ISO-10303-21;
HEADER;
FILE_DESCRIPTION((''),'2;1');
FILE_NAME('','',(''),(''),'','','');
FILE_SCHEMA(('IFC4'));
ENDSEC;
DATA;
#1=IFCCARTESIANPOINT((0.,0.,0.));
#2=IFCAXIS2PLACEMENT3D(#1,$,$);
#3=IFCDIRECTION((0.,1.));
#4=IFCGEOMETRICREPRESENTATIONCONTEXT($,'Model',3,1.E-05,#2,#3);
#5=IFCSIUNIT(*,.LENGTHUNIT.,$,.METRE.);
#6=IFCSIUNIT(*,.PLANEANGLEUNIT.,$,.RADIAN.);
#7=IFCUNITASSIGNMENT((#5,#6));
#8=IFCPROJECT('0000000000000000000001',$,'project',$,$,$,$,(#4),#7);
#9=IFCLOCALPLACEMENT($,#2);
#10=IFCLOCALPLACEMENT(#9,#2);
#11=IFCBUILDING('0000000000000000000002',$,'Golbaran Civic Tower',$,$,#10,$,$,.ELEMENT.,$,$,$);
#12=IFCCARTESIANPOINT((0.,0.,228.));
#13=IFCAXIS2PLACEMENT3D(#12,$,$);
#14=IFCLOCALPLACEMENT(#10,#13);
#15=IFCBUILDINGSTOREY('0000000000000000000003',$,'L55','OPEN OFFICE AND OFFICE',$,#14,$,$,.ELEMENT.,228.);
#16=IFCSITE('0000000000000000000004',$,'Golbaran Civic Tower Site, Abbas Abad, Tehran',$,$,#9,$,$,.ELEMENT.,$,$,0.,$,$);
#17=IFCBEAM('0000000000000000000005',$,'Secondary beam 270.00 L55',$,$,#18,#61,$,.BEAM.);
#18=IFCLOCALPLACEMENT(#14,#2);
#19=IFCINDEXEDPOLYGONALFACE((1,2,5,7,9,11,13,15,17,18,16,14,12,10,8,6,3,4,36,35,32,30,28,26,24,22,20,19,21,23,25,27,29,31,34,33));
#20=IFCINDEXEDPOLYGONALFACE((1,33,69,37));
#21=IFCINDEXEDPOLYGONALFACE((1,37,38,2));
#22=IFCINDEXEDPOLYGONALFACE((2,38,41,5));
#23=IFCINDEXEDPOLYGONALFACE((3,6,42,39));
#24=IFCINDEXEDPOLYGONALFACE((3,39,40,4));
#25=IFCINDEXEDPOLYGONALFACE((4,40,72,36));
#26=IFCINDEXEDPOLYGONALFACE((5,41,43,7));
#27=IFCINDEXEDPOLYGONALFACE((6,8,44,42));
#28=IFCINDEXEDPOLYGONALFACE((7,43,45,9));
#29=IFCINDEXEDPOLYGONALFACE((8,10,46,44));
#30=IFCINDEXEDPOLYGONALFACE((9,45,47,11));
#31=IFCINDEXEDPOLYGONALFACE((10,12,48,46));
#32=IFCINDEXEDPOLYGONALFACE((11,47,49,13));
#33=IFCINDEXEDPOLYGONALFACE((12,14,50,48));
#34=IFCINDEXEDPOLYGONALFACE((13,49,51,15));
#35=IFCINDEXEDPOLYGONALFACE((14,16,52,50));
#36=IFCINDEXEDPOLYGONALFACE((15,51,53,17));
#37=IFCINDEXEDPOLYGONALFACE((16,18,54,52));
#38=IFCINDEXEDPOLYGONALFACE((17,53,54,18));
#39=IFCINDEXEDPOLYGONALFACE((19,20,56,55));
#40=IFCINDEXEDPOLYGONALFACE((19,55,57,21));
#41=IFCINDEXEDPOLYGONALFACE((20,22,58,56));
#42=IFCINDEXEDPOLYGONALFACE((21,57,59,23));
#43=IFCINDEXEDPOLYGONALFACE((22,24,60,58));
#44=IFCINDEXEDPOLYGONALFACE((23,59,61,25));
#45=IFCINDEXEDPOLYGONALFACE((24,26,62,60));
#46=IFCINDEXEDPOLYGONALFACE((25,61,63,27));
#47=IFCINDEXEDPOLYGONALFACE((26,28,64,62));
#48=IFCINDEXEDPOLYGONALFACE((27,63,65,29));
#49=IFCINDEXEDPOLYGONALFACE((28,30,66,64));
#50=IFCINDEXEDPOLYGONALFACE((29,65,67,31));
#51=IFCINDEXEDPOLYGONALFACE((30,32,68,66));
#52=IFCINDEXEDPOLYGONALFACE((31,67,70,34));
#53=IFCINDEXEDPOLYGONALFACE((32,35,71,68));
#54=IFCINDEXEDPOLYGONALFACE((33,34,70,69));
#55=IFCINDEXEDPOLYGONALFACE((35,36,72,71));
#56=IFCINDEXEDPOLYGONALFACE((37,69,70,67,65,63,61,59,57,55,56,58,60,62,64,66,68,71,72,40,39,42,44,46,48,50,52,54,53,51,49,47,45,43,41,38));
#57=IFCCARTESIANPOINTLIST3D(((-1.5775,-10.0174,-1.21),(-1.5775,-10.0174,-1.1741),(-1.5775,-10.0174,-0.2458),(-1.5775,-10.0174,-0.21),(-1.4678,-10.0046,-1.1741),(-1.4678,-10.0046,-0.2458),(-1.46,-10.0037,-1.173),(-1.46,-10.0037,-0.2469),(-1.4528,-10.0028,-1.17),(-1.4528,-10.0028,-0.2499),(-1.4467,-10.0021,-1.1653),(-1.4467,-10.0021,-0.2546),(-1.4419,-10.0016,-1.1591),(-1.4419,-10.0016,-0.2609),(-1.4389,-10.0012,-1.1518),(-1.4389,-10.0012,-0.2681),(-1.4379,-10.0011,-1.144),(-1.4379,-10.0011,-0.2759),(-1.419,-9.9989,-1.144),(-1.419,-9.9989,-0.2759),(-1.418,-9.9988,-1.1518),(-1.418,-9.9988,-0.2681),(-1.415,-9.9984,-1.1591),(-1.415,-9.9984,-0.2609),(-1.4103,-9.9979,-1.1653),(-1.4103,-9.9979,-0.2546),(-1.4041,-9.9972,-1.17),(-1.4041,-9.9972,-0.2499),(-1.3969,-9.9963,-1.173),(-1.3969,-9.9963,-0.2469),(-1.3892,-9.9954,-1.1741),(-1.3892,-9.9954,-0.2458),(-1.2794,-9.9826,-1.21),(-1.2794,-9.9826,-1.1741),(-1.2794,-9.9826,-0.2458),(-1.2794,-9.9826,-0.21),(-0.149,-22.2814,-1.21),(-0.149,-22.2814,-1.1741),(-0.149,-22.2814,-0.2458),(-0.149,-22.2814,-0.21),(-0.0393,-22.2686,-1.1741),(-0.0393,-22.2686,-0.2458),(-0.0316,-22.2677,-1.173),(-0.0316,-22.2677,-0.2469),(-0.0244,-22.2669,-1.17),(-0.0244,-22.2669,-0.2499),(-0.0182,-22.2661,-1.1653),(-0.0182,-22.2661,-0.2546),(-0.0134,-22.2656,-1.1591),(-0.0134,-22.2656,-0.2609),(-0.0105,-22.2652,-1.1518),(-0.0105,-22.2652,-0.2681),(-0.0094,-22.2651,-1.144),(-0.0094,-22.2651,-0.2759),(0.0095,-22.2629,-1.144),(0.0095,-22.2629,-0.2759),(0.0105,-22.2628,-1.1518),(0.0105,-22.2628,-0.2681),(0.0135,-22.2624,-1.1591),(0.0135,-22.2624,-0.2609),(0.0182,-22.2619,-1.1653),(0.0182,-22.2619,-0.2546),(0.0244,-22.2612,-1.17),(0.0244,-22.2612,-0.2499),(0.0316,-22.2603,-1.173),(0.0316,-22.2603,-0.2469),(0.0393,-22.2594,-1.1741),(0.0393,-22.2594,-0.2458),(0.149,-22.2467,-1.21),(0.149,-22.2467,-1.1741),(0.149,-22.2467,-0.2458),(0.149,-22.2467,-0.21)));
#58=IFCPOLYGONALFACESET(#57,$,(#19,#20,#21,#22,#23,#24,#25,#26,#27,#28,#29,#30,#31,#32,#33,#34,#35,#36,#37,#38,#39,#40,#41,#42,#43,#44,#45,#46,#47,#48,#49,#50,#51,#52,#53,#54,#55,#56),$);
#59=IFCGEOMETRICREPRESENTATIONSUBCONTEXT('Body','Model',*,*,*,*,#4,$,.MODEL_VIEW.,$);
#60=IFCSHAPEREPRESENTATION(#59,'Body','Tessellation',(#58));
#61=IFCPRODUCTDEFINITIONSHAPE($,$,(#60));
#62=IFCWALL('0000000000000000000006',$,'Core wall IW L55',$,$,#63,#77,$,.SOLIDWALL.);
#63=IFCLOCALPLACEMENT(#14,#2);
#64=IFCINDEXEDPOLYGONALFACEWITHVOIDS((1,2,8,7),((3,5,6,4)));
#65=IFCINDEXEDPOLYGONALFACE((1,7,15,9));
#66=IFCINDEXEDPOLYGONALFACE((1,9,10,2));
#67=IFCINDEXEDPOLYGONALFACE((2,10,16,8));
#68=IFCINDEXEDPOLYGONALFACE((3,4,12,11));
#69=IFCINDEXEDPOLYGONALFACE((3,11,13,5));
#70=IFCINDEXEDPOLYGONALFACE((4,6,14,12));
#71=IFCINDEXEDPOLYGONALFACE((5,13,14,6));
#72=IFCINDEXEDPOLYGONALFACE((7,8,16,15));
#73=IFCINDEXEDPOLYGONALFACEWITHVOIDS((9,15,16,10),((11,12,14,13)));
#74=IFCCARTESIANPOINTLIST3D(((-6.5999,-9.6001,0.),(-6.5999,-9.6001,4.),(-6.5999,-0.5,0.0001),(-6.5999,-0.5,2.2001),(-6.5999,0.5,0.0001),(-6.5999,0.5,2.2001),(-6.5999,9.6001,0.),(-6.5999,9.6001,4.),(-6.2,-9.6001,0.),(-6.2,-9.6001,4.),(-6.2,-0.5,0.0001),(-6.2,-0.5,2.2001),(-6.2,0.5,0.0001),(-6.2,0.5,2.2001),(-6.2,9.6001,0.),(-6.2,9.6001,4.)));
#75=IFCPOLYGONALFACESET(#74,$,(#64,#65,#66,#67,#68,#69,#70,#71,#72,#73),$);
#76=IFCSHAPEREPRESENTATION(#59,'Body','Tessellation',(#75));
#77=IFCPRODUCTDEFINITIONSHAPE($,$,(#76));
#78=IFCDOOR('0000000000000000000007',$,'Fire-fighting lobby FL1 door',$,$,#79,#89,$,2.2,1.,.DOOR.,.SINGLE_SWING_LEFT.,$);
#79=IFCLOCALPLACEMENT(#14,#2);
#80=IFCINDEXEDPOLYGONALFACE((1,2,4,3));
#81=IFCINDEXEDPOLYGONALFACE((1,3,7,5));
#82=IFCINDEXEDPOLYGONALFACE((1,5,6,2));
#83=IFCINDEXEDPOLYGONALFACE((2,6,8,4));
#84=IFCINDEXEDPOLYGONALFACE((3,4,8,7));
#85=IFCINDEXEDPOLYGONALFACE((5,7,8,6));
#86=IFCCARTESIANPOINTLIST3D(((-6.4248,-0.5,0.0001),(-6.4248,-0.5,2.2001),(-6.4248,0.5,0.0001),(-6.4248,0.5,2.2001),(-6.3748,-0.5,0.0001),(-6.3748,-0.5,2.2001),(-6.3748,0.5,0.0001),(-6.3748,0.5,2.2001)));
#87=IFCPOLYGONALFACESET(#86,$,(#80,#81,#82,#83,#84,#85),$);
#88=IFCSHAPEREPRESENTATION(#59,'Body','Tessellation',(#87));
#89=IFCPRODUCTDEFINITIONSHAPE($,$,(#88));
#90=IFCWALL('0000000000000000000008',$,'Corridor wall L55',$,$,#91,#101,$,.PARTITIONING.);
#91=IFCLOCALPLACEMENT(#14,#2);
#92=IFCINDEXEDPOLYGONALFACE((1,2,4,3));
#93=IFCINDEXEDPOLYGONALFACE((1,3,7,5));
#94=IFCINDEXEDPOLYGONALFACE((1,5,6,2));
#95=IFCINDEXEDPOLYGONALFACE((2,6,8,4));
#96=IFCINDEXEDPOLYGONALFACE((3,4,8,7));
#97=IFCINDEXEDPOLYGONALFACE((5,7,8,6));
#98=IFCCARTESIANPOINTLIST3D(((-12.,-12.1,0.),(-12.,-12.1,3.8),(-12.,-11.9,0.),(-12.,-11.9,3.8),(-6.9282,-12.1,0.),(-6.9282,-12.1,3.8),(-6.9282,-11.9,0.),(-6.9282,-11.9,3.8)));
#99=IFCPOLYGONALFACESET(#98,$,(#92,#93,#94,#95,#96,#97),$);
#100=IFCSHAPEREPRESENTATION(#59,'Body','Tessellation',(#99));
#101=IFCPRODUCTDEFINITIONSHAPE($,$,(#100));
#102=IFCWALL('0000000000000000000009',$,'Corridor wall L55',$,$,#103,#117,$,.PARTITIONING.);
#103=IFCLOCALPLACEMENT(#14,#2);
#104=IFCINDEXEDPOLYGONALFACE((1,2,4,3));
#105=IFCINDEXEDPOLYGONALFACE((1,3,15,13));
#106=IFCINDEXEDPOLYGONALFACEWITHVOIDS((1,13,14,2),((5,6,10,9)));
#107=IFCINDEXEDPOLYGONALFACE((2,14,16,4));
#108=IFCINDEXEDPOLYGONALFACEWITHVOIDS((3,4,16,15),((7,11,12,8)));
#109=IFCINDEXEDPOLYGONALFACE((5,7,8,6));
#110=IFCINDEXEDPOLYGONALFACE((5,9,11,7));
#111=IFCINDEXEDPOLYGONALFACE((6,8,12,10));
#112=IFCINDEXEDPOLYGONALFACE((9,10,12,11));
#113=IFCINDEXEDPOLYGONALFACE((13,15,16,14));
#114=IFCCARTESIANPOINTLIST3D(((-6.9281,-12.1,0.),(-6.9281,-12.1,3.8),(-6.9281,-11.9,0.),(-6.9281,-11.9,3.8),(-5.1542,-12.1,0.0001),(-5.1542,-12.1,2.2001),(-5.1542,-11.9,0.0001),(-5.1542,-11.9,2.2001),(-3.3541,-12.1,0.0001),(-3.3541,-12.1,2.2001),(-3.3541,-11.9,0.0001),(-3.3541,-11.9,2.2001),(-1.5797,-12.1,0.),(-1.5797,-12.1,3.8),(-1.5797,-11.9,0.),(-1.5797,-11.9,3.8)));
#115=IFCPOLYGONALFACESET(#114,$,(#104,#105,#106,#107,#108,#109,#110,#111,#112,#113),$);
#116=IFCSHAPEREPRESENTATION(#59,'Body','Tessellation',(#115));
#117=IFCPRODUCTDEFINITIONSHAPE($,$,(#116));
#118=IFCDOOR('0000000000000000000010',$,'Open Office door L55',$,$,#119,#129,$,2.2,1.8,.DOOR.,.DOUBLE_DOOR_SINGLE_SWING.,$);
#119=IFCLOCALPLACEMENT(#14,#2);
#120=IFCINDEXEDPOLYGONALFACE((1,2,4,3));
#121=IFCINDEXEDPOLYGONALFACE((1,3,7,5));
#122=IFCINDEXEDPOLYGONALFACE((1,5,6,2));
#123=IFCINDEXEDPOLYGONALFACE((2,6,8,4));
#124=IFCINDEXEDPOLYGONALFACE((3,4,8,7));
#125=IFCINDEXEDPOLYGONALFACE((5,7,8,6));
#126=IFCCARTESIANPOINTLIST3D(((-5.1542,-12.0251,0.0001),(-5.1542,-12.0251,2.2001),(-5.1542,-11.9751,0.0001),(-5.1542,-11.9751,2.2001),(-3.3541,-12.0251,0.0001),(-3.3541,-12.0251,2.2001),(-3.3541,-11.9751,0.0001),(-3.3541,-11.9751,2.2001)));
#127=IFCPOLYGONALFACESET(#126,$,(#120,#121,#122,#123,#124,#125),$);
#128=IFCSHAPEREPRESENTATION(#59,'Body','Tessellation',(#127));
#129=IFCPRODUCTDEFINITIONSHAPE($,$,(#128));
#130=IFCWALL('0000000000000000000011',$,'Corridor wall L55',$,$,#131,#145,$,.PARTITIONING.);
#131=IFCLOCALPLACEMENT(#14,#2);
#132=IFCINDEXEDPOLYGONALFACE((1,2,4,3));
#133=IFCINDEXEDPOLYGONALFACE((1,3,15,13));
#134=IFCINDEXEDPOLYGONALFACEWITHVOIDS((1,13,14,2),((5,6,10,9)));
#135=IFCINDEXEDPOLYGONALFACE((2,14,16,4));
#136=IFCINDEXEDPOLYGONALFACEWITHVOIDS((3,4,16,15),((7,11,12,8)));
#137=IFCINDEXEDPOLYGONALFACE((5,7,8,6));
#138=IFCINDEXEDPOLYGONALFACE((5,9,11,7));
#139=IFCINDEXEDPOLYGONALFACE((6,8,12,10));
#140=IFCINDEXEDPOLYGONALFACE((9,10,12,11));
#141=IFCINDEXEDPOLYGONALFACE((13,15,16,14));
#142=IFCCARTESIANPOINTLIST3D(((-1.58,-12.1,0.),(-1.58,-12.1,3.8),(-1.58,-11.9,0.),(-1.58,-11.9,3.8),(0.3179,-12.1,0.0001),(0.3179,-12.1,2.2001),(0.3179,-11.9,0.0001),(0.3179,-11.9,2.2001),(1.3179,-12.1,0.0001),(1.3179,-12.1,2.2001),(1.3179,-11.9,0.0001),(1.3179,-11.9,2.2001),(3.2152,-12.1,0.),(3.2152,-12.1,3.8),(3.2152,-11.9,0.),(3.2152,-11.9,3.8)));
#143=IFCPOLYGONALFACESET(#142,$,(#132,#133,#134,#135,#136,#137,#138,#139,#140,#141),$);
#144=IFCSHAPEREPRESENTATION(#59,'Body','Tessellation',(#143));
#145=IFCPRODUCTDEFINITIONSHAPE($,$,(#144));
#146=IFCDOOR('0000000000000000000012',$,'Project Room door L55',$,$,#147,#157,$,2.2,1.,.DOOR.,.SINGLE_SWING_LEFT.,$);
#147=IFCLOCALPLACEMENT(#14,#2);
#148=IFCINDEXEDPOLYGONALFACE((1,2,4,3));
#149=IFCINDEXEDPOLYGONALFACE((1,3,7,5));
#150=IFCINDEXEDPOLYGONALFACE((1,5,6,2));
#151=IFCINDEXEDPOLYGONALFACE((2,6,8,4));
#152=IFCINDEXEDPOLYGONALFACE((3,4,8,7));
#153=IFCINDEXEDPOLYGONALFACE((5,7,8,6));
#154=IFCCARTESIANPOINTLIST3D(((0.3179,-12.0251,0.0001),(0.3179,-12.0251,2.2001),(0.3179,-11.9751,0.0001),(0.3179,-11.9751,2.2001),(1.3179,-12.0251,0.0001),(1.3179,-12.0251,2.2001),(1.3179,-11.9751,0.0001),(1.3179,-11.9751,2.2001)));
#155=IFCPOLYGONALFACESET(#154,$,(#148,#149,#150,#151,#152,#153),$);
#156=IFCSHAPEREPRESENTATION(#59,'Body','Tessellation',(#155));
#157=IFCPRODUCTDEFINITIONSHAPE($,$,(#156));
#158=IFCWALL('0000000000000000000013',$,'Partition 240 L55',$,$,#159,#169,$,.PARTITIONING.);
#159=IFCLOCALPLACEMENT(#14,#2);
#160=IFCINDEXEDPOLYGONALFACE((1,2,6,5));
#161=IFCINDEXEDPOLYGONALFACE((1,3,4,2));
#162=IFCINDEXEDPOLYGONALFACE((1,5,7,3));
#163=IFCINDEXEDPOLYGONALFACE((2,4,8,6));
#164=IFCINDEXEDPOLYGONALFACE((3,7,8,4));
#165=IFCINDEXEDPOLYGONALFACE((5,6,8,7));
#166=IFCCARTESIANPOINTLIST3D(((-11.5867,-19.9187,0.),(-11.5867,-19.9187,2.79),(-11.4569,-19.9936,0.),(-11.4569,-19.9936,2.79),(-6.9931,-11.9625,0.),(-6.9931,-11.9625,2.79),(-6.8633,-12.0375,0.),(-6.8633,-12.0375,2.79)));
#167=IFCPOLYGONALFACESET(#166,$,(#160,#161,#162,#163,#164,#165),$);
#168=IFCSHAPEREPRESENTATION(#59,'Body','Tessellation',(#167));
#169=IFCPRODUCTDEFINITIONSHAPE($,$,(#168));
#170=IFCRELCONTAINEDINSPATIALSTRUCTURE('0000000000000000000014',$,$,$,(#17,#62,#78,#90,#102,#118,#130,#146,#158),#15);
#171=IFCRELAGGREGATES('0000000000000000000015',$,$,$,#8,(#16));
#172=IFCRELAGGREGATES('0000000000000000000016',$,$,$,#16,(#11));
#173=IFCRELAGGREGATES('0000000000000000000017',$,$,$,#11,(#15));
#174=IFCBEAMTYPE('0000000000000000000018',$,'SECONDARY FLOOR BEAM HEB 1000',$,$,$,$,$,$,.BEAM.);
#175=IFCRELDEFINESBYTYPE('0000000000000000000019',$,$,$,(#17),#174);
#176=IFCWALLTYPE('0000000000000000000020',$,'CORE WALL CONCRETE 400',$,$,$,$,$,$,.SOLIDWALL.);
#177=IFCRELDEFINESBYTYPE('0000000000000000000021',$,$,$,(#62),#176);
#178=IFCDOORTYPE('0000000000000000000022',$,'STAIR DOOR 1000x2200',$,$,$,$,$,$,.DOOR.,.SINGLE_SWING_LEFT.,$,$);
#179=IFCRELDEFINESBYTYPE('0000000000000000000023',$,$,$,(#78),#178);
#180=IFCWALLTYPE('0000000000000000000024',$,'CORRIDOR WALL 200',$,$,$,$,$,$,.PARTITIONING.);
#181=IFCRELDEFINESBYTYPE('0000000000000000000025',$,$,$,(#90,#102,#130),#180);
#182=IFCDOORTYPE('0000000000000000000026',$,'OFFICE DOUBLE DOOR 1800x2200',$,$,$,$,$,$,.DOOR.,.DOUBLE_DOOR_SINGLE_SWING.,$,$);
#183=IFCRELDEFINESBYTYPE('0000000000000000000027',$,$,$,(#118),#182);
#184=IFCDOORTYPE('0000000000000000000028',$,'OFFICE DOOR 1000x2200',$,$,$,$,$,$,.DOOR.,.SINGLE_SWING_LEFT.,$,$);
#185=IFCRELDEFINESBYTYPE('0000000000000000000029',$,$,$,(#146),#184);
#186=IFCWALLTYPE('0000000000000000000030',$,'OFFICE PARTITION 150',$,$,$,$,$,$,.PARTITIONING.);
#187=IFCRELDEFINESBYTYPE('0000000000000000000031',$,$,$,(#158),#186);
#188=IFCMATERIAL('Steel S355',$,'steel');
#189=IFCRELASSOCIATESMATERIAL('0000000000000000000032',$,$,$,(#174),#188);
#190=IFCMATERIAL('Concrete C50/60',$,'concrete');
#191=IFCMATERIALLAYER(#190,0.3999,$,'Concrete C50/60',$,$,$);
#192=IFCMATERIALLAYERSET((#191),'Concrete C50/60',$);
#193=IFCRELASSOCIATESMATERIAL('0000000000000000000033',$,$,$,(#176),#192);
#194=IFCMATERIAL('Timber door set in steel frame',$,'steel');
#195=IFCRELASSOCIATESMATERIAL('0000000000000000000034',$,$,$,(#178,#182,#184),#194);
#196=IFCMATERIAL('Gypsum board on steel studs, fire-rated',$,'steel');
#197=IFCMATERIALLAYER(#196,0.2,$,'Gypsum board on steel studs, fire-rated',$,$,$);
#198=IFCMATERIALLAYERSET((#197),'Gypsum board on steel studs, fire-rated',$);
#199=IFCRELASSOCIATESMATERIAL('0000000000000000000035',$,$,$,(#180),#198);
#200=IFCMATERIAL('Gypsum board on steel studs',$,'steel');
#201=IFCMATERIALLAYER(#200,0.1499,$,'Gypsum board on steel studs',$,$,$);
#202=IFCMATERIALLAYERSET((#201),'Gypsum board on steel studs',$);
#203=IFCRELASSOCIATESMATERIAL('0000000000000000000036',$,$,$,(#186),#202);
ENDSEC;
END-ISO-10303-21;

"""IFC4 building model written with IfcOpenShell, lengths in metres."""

from ifc_helpers import new_model, si_unit, direction, frame, frame_2d, origin, origin_2d, place, context, subcontext, project, spatial, rectangle, i_section, extrude, material, layer, layer_set, material_profile, profile_set, type_object, element, fill, save


model = new_model("IFC4")

# Units and contexts
model_context = context("Model", 3, precision=1e-05, world=origin(), true_north=direction((0.0, 1.0)))
body_context = subcontext(model_context, "Body", "Model", "MODEL_VIEW")
ifc_project = project(units=[si_unit("LENGTHUNIT", "METRE"), si_unit("PLANEANGLEUNIT", "RADIAN")], contexts=[model_context])

# Site, building, storey
site_placement = place(None, origin())
site = spatial("IfcSite", under=ifc_project, at=site_placement, Name="Golbaran Civic Tower Site, Abbas Abad, Tehran", CompositionType="ELEMENT", RefElevation=0.0)
building_placement = place(site_placement, origin())
building = spatial("IfcBuilding", under=site, at=building_placement, Name="Golbaran Civic Tower", CompositionType="ELEMENT")
storey_placement = place(building_placement, frame((0.0, 0.0, 228.0)))
storey = spatial("IfcBuildingStorey", under=building, at=storey_placement, Name="L55", Description="OPEN OFFICE AND OFFICE", CompositionType="ELEMENT", Elevation=228.0)

# Beam
ifc_material_1 = material(Name="Steel S355", Category="steel")
ifc_material_profile_1 = material_profile(ifc_material_1, i_section(OverallWidth=0.3, OverallDepth=1.0, WebThickness=0.019, FlangeThickness=0.0359, FilletRadius=0.03, at=origin_2d()), Name="HEB 1000")
ifc_profile_set_1 = profile_set([ifc_material_profile_1], Name="Steel S355")
beam_type_1 = type_object("IfcBeamType", Name="SECONDARY FLOOR BEAM HEB 1000", PredefinedType="BEAM", material=ifc_profile_set_1)
beam_1_placement = place(storey_placement, frame((-1.4285, -10.0, -0.71), z_axis=(0.115695, -0.993285, 0.0), x_axis=(0.993285, 0.115695, 0.0)))
element("IfcBeam", 1, at=beam_1_placement, inside=storey, type_object=beam_type_1, Name="Secondary beam 270.00 L55", PredefinedType="BEAM", context=body_context, shape_type="SweptSolid", body=[
    extrude(i_section(OverallWidth=0.3, OverallDepth=1.0, WebThickness=0.019, FlangeThickness=0.0359, FilletRadius=0.03, at=origin_2d()), origin(), (0.0, 0.0, 1.0), 12.3469),
])

# Wall, opening, door
ifc_material_2 = material(Name="Concrete C50/60", Category="concrete")
ifc_layer_1 = layer(ifc_material_2, 0.3999, Name="Concrete C50/60")
ifc_layer_set_1 = layer_set([ifc_layer_1], Name="Concrete C50/60")
wall_type_1 = type_object("IfcWallType", Name="CORE WALL CONCRETE 400", PredefinedType="SOLIDWALL", material=ifc_layer_set_1)
wall_1_placement = place(storey_placement, frame((-6.3999, -9.6001, 0.0), z_axis=(0.0, 0.0, 1.0), x_axis=(0.0, 1.0, 0.0)))
wall_1 = element("IfcWall", 2, at=wall_1_placement, inside=storey, type_object=wall_type_1, Name="Core wall IW L55", PredefinedType="SOLIDWALL", context=body_context, shape_type="SweptSolid", body=[
    extrude(rectangle(XDim=19.2002, YDim=0.3999, at=frame_2d((9.6001, 0.0))), origin(), (0.0, 0.0, 1.0), 4.0),
])
opening_1_placement = place(wall_1_placement, frame((9.1001, 0.0, 0.0)))
opening_1 = element("IfcOpeningElement", 3, at=opening_1_placement, cuts=wall_1, PredefinedType="OPENING", context=body_context, shape_type="SweptSolid", body=[
    extrude(rectangle(XDim=1.0, YDim=2.2, at=frame_2d((0.5, 1.1001))), frame((0.0, 0.21, 0.0), z_axis=(0.0, -1.0, 0.0), x_axis=(1.0, 0.0, 0.0)), (0.0, 0.0, 1.0), 0.4199),
])
ifc_material_3 = material(Name="Timber door set in steel frame", Category="steel")
door_type_1 = type_object("IfcDoorType", Name="STAIR DOOR 1000x2200", OperationType="SINGLE_SWING_LEFT", PredefinedType="DOOR", material=ifc_material_3)
door_1_placement = place(opening_1_placement, origin())
door_1 = element("IfcDoor", 4, at=door_1_placement, inside=storey, type_object=door_type_1, Name="Fire-fighting lobby FL1 door", OperationType="SINGLE_SWING_LEFT", OverallHeight=2.2, OverallWidth=1.0, PredefinedType="DOOR", context=body_context, shape_type="SweptSolid", body=[
    extrude(rectangle(XDim=1.0, YDim=2.2, at=frame_2d((0.5, 1.1001))), frame((0.0, 0.0249, 0.0), z_axis=(0.0, -1.0, 0.0), x_axis=(1.0, 0.0, 0.0)), (0.0, 0.0, 1.0), 0.05),
])
fill(opening_1, door_1)

# Wall
ifc_material_4 = material(Name="Gypsum board on steel studs, fire-rated", Category="steel")
ifc_layer_2 = layer(ifc_material_4, 0.2, Name="Gypsum board on steel studs, fire-rated")
ifc_layer_set_2 = layer_set([ifc_layer_2], Name="Gypsum board on steel studs, fire-rated")
wall_type_2 = type_object("IfcWallType", Name="CORRIDOR WALL 200", PredefinedType="PARTITIONING", material=ifc_layer_set_2)
wall_2_placement = place(storey_placement, frame((-12.0, -12.0, 0.0), z_axis=(0.0, 0.0, 1.0), x_axis=(1.0, 0.0, 0.0)))
element("IfcWall", 5, at=wall_2_placement, inside=storey, type_object=wall_type_2, Name="Corridor wall L55", PredefinedType="PARTITIONING", context=body_context, shape_type="SweptSolid", body=[
    extrude(rectangle(XDim=5.0718, YDim=0.2, at=frame_2d((2.5359, 0.0))), origin(), (0.0, 0.0, 1.0), 3.8),
])

# Walls, openings, doors
wall_3_placement = place(storey_placement, frame((-6.9282, -12.0, 0.0), z_axis=(0.0, 0.0, 1.0), x_axis=(1.0, 0.0, 0.0)))
wall_3 = element("IfcWall", 6, at=wall_3_placement, inside=storey, type_object=wall_type_2, Name="Corridor wall L55", PredefinedType="PARTITIONING", context=body_context, shape_type="SweptSolid", body=[
    extrude(rectangle(XDim=5.3484, YDim=0.2, at=frame_2d((2.6743, 0.0))), origin(), (0.0, 0.0, 1.0), 3.8),
])
opening_2_placement = place(wall_3_placement, frame((1.7742, 0.0, 0.0)))
opening_2 = element("IfcOpeningElement", 7, at=opening_2_placement, cuts=wall_3, PredefinedType="OPENING", context=body_context, shape_type="SweptSolid", body=[
    extrude(rectangle(XDim=1.8, YDim=2.2, at=frame_2d((0.8999, 1.1001))), frame((0.0, 0.1099, 0.0), z_axis=(0.0, -1.0, 0.0), x_axis=(1.0, 0.0, 0.0)), (0.0, 0.0, 1.0), 0.22),
])
door_type_2 = type_object("IfcDoorType", Name="OFFICE DOUBLE DOOR 1800x2200", OperationType="DOUBLE_DOOR_SINGLE_SWING", PredefinedType="DOOR", material=ifc_material_3)
door_2_placement = place(opening_2_placement, origin())
door_2 = element("IfcDoor", 8, at=door_2_placement, inside=storey, type_object=door_type_2, Name="Open Office door L55", OperationType="DOUBLE_DOOR_SINGLE_SWING", OverallHeight=2.2, OverallWidth=1.8, PredefinedType="DOOR", context=body_context, shape_type="SweptSolid", body=[
    extrude(rectangle(XDim=1.8, YDim=2.2, at=frame_2d((0.8999, 1.1001))), frame((0.0, 0.0249, 0.0), z_axis=(0.0, -1.0, 0.0), x_axis=(1.0, 0.0, 0.0)), (0.0, 0.0, 1.0), 0.05),
])
fill(opening_2, door_2)
wall_4_placement = place(storey_placement, frame((-1.5798, -12.0, 0.0), z_axis=(0.0, 0.0, 1.0), x_axis=(1.0, 0.0, 0.0)))
wall_4 = element("IfcWall", 9, at=wall_4_placement, inside=storey, type_object=wall_type_2, Name="Corridor wall L55", PredefinedType="PARTITIONING", context=body_context, shape_type="SweptSolid", body=[
    extrude(rectangle(XDim=4.7952, YDim=0.2, at=frame_2d((2.3975, 0.0))), origin(), (0.0, 0.0, 1.0), 3.8),
])
opening_3_placement = place(wall_4_placement, frame((1.8977, 0.0, 0.0)))
opening_3 = element("IfcOpeningElement", 10, at=opening_3_placement, cuts=wall_4, PredefinedType="OPENING", context=body_context, shape_type="SweptSolid", body=[
    extrude(rectangle(XDim=1.0, YDim=2.2, at=frame_2d((0.5, 1.1001))), frame((0.0, 0.1099, 0.0), z_axis=(0.0, -1.0, 0.0), x_axis=(1.0, 0.0, 0.0)), (0.0, 0.0, 1.0), 0.22),
])
door_type_3 = type_object("IfcDoorType", Name="OFFICE DOOR 1000x2200", OperationType="SINGLE_SWING_LEFT", PredefinedType="DOOR", material=ifc_material_3)
door_3_placement = place(opening_3_placement, origin())
door_3 = element("IfcDoor", 11, at=door_3_placement, inside=storey, type_object=door_type_3, Name="Project Room door L55", OperationType="SINGLE_SWING_LEFT", OverallHeight=2.2, OverallWidth=1.0, PredefinedType="DOOR", context=body_context, shape_type="SweptSolid", body=[
    extrude(rectangle(XDim=1.0, YDim=2.2, at=frame_2d((0.5, 1.1001))), frame((0.0, 0.0249, 0.0), z_axis=(0.0, -1.0, 0.0), x_axis=(1.0, 0.0, 0.0)), (0.0, 0.0, 1.0), 0.05),
])
fill(opening_3, door_3)

# Wall
ifc_material_5 = material(Name="Gypsum board on steel studs", Category="steel")
ifc_layer_3 = layer(ifc_material_5, 0.1499, Name="Gypsum board on steel studs")
ifc_layer_set_3 = layer_set([ifc_layer_3], Name="Gypsum board on steel studs")
wall_type_3 = type_object("IfcWallType", Name="OFFICE PARTITION 150", PredefinedType="PARTITIONING", material=ifc_layer_set_3)
wall_5_placement = place(storey_placement, frame((-6.9282, -12.0, 0.0), z_axis=(0.0, 0.0, 1.0), x_axis=(-0.500006, -0.866022, 0.0)))
element("IfcWall", 12, at=wall_5_placement, inside=storey, type_object=wall_type_3, Name="Partition 240 L55", PredefinedType="PARTITIONING", context=body_context, shape_type="SweptSolid", body=[
    extrude(rectangle(XDim=9.187, YDim=0.1499, at=frame_2d((4.5935, 0.0))), origin(), (0.0, 0.0, 1.0), 2.79),
])

save(model, "model.ifc")
